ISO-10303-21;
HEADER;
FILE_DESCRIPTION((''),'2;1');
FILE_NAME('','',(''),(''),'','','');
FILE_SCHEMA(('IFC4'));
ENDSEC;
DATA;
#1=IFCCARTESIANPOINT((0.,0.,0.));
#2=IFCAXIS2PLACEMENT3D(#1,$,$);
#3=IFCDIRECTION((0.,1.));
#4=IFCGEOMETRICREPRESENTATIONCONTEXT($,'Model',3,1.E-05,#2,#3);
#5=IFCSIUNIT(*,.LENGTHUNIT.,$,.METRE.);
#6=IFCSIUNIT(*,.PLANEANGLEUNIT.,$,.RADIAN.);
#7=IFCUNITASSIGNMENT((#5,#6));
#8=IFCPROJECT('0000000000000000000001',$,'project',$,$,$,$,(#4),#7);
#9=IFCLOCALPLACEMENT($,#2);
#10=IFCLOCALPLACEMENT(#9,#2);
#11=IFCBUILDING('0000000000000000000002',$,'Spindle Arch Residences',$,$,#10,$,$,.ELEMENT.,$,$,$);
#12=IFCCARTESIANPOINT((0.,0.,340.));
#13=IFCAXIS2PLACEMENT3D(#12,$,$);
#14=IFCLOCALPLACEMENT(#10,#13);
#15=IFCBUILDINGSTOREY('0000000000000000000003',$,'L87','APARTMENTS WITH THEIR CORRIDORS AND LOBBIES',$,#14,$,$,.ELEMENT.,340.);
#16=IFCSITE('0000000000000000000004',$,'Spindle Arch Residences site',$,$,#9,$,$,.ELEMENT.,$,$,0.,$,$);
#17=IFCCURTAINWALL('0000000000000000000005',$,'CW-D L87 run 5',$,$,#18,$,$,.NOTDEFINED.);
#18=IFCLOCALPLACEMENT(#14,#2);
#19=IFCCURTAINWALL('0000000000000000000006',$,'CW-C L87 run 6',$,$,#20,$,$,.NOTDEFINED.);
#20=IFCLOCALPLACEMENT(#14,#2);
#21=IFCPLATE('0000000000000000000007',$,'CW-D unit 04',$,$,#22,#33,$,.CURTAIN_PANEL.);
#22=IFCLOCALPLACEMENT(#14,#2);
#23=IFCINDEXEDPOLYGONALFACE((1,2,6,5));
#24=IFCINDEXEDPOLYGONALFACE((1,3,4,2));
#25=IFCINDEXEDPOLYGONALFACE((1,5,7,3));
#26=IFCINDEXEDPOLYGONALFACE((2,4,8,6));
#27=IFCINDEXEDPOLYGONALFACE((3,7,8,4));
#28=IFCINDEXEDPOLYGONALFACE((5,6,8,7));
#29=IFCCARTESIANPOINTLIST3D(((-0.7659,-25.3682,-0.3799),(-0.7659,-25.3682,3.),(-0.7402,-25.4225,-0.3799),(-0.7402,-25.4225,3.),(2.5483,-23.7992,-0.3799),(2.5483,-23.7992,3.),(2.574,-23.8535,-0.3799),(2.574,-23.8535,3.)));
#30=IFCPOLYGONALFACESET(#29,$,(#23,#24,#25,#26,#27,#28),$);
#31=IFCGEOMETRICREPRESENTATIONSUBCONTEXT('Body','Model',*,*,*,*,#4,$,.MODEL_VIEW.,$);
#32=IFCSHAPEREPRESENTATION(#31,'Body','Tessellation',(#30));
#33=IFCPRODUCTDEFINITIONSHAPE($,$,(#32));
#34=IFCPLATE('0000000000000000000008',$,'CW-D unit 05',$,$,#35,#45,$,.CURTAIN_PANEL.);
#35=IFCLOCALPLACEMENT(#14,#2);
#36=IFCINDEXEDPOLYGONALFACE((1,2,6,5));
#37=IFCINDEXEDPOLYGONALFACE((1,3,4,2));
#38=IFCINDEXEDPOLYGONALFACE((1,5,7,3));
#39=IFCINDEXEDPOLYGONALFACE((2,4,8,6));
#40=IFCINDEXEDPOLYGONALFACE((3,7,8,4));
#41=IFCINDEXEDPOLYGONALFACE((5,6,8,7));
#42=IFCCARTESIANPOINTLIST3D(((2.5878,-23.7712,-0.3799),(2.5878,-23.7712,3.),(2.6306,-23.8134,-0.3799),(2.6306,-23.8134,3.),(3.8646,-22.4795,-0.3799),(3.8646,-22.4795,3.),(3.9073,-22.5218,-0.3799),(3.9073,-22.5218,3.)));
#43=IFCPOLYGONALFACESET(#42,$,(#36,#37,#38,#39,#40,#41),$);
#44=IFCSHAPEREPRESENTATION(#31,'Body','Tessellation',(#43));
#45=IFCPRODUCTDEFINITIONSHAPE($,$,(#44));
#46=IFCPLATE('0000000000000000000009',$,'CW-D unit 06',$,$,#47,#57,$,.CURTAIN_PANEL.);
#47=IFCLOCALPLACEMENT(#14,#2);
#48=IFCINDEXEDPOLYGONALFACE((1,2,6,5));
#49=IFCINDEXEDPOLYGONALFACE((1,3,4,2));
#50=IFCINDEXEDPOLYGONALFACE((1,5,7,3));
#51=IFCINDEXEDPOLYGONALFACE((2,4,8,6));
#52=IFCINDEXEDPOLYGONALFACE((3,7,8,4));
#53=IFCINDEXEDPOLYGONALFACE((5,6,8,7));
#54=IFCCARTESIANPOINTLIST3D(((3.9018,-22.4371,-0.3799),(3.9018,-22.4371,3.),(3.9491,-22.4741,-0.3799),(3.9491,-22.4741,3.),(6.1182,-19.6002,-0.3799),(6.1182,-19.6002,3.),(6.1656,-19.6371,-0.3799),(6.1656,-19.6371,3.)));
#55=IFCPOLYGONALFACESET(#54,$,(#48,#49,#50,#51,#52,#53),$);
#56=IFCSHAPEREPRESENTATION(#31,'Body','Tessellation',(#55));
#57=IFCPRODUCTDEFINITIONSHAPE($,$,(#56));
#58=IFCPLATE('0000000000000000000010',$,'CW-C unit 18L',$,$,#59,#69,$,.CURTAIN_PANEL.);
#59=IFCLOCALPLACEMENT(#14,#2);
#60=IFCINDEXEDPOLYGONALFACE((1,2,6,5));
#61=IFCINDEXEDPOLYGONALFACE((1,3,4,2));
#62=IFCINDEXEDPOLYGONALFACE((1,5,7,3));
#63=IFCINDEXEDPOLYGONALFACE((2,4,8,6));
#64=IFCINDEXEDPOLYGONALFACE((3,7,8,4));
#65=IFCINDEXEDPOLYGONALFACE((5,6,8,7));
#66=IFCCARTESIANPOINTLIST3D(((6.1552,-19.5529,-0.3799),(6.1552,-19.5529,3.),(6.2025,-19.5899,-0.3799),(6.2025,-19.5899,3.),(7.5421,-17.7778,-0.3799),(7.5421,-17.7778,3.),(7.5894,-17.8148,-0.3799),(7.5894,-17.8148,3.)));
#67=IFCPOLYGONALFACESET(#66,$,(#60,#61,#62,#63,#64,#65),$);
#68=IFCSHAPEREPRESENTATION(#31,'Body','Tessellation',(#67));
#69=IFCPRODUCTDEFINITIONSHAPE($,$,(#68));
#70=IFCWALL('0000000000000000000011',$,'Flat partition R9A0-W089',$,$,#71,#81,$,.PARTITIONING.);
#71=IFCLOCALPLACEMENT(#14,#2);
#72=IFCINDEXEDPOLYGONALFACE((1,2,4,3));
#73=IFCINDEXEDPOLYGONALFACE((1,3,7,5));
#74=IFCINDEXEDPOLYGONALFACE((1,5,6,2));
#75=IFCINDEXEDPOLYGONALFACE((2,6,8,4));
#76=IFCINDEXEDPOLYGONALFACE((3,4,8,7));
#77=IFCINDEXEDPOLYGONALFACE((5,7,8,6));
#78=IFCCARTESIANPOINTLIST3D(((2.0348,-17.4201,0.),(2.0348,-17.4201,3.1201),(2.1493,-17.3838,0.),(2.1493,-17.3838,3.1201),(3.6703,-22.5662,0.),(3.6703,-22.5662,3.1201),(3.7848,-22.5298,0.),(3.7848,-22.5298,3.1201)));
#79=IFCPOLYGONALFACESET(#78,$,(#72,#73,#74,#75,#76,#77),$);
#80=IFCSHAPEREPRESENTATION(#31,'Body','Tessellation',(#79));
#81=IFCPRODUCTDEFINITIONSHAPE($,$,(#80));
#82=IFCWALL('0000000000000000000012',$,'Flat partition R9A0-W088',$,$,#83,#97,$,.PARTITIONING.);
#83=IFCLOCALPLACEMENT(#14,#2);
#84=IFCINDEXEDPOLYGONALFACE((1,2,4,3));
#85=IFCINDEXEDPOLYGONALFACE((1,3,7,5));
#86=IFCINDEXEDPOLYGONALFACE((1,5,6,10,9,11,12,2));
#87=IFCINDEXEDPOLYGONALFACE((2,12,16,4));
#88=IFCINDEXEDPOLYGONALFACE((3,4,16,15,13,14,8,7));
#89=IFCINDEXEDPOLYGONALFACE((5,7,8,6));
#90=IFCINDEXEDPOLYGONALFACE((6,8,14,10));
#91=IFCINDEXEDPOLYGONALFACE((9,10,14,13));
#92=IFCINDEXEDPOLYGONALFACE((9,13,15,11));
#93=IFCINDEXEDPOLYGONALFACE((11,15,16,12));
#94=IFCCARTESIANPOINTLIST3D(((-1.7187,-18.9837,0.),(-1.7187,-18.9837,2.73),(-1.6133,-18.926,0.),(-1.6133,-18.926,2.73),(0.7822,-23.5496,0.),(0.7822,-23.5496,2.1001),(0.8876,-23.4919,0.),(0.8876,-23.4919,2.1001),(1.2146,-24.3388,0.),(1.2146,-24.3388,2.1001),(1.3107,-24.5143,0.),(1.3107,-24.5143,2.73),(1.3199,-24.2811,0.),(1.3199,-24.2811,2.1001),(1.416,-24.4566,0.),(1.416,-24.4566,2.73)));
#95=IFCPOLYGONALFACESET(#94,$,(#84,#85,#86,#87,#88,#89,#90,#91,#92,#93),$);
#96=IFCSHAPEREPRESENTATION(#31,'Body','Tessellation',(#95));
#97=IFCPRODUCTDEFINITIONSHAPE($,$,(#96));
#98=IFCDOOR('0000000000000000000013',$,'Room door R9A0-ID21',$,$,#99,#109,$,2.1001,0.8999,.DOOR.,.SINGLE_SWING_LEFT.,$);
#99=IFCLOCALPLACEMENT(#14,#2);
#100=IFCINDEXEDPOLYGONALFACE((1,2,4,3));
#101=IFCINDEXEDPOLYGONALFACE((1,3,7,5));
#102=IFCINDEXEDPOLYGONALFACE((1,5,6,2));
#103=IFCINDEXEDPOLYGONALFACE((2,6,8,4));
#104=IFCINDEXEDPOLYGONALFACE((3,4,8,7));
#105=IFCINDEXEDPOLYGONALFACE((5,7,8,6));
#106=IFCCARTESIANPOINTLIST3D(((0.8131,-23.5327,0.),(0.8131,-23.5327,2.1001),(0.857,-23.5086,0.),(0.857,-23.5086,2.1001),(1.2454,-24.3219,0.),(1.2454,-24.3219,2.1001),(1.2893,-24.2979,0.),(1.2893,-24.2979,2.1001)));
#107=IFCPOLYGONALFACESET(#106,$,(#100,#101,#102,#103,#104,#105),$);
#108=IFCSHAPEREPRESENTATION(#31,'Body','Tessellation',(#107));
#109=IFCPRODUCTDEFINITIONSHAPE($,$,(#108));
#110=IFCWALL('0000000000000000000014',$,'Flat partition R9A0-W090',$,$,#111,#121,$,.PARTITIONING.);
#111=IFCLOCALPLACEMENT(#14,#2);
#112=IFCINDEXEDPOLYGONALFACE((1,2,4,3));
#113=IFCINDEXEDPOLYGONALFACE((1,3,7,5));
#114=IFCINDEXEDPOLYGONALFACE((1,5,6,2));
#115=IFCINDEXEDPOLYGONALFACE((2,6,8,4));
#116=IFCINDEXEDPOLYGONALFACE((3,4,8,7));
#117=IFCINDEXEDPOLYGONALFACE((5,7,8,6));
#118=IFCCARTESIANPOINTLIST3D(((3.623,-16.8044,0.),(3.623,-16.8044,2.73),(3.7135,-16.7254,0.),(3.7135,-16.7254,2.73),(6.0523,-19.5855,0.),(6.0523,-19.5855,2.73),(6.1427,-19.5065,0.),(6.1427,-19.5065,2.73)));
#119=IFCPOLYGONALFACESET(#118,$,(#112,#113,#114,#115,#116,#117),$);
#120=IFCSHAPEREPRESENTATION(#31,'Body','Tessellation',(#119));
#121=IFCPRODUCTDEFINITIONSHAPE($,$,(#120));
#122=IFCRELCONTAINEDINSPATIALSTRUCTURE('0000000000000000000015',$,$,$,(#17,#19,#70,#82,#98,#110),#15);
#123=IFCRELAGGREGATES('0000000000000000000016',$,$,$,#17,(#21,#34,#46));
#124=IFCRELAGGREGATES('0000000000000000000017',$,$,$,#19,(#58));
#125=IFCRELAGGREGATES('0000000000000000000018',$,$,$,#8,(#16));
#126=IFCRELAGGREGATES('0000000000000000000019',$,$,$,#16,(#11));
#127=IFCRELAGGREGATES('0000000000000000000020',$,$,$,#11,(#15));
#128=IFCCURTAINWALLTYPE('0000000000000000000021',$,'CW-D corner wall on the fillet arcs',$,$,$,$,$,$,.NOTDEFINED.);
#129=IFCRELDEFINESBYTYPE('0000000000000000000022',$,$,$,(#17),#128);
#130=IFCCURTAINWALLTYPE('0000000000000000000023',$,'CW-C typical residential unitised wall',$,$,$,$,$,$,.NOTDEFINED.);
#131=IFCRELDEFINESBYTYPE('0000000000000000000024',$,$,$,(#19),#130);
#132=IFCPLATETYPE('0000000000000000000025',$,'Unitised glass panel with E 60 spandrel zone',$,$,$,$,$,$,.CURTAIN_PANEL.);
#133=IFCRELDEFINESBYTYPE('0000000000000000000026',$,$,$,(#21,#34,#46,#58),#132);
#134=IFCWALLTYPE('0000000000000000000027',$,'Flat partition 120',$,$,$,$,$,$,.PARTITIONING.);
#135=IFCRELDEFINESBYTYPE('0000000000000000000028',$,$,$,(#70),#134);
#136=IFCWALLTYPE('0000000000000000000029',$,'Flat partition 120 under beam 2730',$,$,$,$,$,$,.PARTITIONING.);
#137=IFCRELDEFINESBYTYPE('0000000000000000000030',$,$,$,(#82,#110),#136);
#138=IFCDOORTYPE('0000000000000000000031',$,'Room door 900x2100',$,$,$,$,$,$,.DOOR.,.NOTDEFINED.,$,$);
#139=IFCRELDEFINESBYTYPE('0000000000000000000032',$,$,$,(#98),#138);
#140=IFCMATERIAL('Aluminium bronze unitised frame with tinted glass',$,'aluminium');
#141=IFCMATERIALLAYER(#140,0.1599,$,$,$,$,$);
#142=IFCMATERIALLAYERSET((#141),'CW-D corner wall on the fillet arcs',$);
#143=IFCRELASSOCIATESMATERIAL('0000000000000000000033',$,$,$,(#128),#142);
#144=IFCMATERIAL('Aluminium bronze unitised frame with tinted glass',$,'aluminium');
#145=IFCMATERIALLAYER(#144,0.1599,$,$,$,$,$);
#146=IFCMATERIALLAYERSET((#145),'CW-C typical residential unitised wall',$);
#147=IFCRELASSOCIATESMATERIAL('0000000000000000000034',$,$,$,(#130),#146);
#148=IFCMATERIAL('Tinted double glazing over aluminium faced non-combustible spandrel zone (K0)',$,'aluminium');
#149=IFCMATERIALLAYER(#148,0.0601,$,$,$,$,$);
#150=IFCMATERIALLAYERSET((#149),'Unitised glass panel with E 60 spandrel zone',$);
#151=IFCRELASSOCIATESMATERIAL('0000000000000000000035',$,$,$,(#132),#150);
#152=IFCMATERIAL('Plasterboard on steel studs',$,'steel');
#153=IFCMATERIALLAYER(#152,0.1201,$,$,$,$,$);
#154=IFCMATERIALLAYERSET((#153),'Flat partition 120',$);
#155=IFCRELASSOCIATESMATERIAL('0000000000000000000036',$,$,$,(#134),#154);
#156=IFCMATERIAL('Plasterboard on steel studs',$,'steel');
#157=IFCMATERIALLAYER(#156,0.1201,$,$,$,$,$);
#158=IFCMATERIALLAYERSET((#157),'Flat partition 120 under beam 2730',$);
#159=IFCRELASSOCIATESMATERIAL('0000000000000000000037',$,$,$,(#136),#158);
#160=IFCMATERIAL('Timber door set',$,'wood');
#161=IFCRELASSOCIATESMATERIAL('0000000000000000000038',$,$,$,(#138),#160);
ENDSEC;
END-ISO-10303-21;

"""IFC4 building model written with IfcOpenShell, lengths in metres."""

from ifc_helpers import new_model, si_unit, direction, frame, frame_2d, origin, origin_2d, place, context, subcontext, project, spatial, rectangle, extrude, material, layer, layer_set, type_object, element, fill, aggregate, save


model = new_model("IFC4")

# Units and contexts
model_context = context("Model", 3, precision=1e-05, world=origin(), true_north=direction((0.0, 1.0)))
body_context = subcontext(model_context, "Body", "Model", "MODEL_VIEW")
ifc_project = project(units=[si_unit("LENGTHUNIT", "METRE"), si_unit("PLANEANGLEUNIT", "RADIAN")], contexts=[model_context])

# Site, building, storey
site_placement = place(None, origin())
site = spatial("IfcSite", under=ifc_project, at=site_placement, Name="Spindle Arch Residences site", CompositionType="ELEMENT", RefElevation=0.0)
building_placement = place(site_placement, origin())
building = spatial("IfcBuilding", under=site, at=building_placement, Name="Spindle Arch Residences", CompositionType="ELEMENT")
storey_placement = place(building_placement, frame((0.0, 0.0, 340.0)))
storey = spatial("IfcBuildingStorey", under=building, at=storey_placement, Name="L87", Description="APARTMENTS WITH THEIR CORRIDORS AND LOBBIES", CompositionType="ELEMENT", Elevation=340.0)

# Curtain wall
ifc_material_1 = material(Name="Aluminium bronze unitised frame with tinted glass", Category="aluminium")
ifc_layer_1 = layer(ifc_material_1, 0.1599)
ifc_layer_set_1 = layer_set([ifc_layer_1], Name="CW-D corner wall on the fillet arcs")
curtain_wall_type_1 = type_object("IfcCurtainWallType", Name="CW-D corner wall on the fillet arcs", PredefinedType="NOTDEFINED", material=ifc_layer_set_1)
curtain_wall_1_placement = place(storey_placement, origin())
curtain_wall_1 = element("IfcCurtainWall", 1, at=curtain_wall_1_placement, inside=storey, type_object=curtain_wall_type_1, Name="CW-D L87 run 5", PredefinedType="NOTDEFINED")

# Curtain wall
ifc_material_2 = material(Name="Aluminium bronze unitised frame with tinted glass", Category="aluminium")
ifc_layer_2 = layer(ifc_material_2, 0.1599)
ifc_layer_set_2 = layer_set([ifc_layer_2], Name="CW-C typical residential unitised wall")
curtain_wall_type_2 = type_object("IfcCurtainWallType", Name="CW-C typical residential unitised wall", PredefinedType="NOTDEFINED", material=ifc_layer_set_2)
curtain_wall_2_placement = place(storey_placement, origin())
curtain_wall_2 = element("IfcCurtainWall", 2, at=curtain_wall_2_placement, inside=storey, type_object=curtain_wall_type_2, Name="CW-C L87 run 6", PredefinedType="NOTDEFINED")

# Plates
ifc_material_3 = material(Name="Tinted double glazing over aluminium faced non-combustible spandrel zone (K0)", Category="aluminium")
ifc_layer_3 = layer(ifc_material_3, 0.0601)
ifc_layer_set_3 = layer_set([ifc_layer_3], Name="Unitised glass panel with E 60 spandrel zone")
plate_type = type_object("IfcPlateType", Name="Unitised glass panel with E 60 spandrel zone", PredefinedType="CURTAIN_PANEL", material=ifc_layer_set_3)
plate_1_placement = place(storey_placement, frame((0.9041, -24.6108, -0.3799), z_axis=(0.0, 0.0, 1.0), x_axis=(0.903834, 0.427884, 0.0)))
plate_1 = element("IfcPlate", 3, at=plate_1_placement, type_object=plate_type, Name="CW-D unit 04", PredefinedType="CURTAIN_PANEL", context=body_context, shape_type="SweptSolid", body=[
    extrude(rectangle(XDim=3.6667, YDim=0.0601, at=origin_2d()), origin(), (0.0, 0.0, 1.0), 3.3799),
])
plate_2_placement = place(storey_placement, frame((3.2476, -23.1465, -0.3799), z_axis=(0.0, 0.0, 1.0), x_axis=(0.702981, 0.711209, 0.0)))
plate_2 = element("IfcPlate", 4, at=plate_2_placement, type_object=plate_type, Name="CW-D unit 05", PredefinedType="CURTAIN_PANEL", context=body_context, shape_type="SweptSolid", body=[
    extrude(rectangle(XDim=1.8162, YDim=0.0601, at=origin_2d()), origin(), (0.0, 0.0, 1.0), 3.3799),
])
plate_3_placement = place(storey_placement, frame((5.0337, -21.0371, -0.3799), z_axis=(0.0, 0.0, 1.0), x_axis=(0.615661, 0.788011, 0.0)))
plate_3 = element("IfcPlate", 5, at=plate_3_placement, type_object=plate_type, Name="CW-D unit 06", PredefinedType="CURTAIN_PANEL", context=body_context, shape_type="SweptSolid", body=[
    extrude(rectangle(XDim=3.6001, YDim=0.0601, at=origin_2d()), origin(), (0.0, 0.0, 1.0), 3.3799),
])
aggregate(curtain_wall_1, [plate_1, plate_2, plate_3])
plate_4_placement = place(storey_placement, frame((6.8723, -18.6838, -0.3799), z_axis=(0.0, 0.0, 1.0), x_axis=(0.615661, 0.788011, 0.0)))
plate_4 = element("IfcPlate", 6, at=plate_4_placement, type_object=plate_type, Name="CW-C unit 18L", PredefinedType="CURTAIN_PANEL", context=body_context, shape_type="SweptSolid", body=[
    extrude(rectangle(XDim=2.2527, YDim=0.0601, at=origin_2d()), origin(), (0.0, 0.0, 1.0), 3.3799),
])
aggregate(curtain_wall_2, [plate_4])

# Wall
ifc_material_4 = material(Name="Plasterboard on steel studs", Category="steel")
ifc_layer_4 = layer(ifc_material_4, 0.1201)
ifc_layer_set_4 = layer_set([ifc_layer_4], Name="Flat partition 120")
wall_type_1 = type_object("IfcWallType", Name="Flat partition 120", PredefinedType="PARTITIONING", material=ifc_layer_set_4)
wall_1_placement = place(storey_placement, frame((3.7275, -22.5479, 0.0), z_axis=(0.0, 0.0, 1.0), x_axis=(-0.30289, 0.953025, 0.0)))
element("IfcWall", 7, at=wall_1_placement, inside=storey, type_object=wall_type_1, Name="Flat partition R9A0-W089", PredefinedType="PARTITIONING", context=body_context, shape_type="SweptSolid", body=[
    extrude(rectangle(XDim=5.3997, YDim=0.1201, at=frame_2d((2.6997, 0.0))), origin(), (0.0, 0.0, 1.0), 3.1201),
])

# Wall, opening, door
ifc_material_5 = material(Name="Plasterboard on steel studs", Category="steel")
ifc_layer_5 = layer(ifc_material_5, 0.1201)
ifc_layer_set_5 = layer_set([ifc_layer_5], Name="Flat partition 120 under beam 2730")
wall_type_2 = type_object("IfcWallType", Name="Flat partition 120 under beam 2730", PredefinedType="PARTITIONING", material=ifc_layer_set_5)
wall_2_placement = place(storey_placement, frame((1.3633, -24.4854, 0.0), z_axis=(0.0, 0.0, 1.0), x_axis=(-0.480398, 0.877051, 0.0)))
wall_2 = element("IfcWall", 8, at=wall_2_placement, inside=storey, type_object=wall_type_2, Name="Flat partition R9A0-W088", PredefinedType="PARTITIONING", context=body_context, shape_type="SweptSolid", body=[
    extrude(rectangle(XDim=6.3059, YDim=0.1201, at=frame_2d((3.1528, 0.0))), origin(), (0.0, 0.0, 1.0), 2.73),
])
opening_1_placement = place(wall_2_placement, frame((0.2, 0.0, 0.0)))
opening_1 = element("IfcOpeningElement", 9, at=opening_1_placement, cuts=wall_2, PredefinedType="OPENING", context=body_context, shape_type="SweptSolid", body=[
    extrude(rectangle(XDim=0.8999, YDim=2.1001, at=frame_2d((0.45, 1.05))), frame((0.0, 0.0701, 0.0), z_axis=(0.0, -1.0, 0.0), x_axis=(1.0, 0.0, 0.0)), (0.0, 0.0, 1.0), 0.1401),
])
ifc_material_6 = material(Name="Timber door set", Category="wood")
door_type_1 = type_object("IfcDoorType", Name="Room door 900x2100", OperationType="NOTDEFINED", PredefinedType="DOOR", material=ifc_material_6)
door_1_placement = place(opening_1_placement, origin())
door_1 = element("IfcDoor", 10, at=door_1_placement, inside=storey, type_object=door_type_1, Name="Room door R9A0-ID21", OperationType="SINGLE_SWING_LEFT", OverallHeight=2.1001, OverallWidth=0.8999, PredefinedType="DOOR", context=body_context, shape_type="SweptSolid", body=[
    extrude(rectangle(XDim=0.8999, YDim=2.1001, at=frame_2d((0.45, 1.05))), frame((0.0, 0.0249, 0.0), z_axis=(0.0, -1.0, 0.0), x_axis=(1.0, 0.0, 0.0)), (0.0, 0.0, 1.0), 0.05),
])
fill(opening_1, door_1)

# Wall
wall_3_placement = place(storey_placement, frame((6.0974, -19.5459, 0.0), z_axis=(0.0, 0.0, 1.0), x_axis=(-0.657863, 0.753138, 0.0)))
element("IfcWall", 11, at=wall_3_placement, inside=storey, type_object=wall_type_2, Name="Flat partition R9A0-W090", PredefinedType="PARTITIONING", context=body_context, shape_type="SweptSolid", body=[
    extrude(rectangle(XDim=3.6926, YDim=0.1201, at=frame_2d((1.8462, 0.0))), origin(), (0.0, 0.0, 1.0), 2.73),
])

save(model, "model.ifc")
